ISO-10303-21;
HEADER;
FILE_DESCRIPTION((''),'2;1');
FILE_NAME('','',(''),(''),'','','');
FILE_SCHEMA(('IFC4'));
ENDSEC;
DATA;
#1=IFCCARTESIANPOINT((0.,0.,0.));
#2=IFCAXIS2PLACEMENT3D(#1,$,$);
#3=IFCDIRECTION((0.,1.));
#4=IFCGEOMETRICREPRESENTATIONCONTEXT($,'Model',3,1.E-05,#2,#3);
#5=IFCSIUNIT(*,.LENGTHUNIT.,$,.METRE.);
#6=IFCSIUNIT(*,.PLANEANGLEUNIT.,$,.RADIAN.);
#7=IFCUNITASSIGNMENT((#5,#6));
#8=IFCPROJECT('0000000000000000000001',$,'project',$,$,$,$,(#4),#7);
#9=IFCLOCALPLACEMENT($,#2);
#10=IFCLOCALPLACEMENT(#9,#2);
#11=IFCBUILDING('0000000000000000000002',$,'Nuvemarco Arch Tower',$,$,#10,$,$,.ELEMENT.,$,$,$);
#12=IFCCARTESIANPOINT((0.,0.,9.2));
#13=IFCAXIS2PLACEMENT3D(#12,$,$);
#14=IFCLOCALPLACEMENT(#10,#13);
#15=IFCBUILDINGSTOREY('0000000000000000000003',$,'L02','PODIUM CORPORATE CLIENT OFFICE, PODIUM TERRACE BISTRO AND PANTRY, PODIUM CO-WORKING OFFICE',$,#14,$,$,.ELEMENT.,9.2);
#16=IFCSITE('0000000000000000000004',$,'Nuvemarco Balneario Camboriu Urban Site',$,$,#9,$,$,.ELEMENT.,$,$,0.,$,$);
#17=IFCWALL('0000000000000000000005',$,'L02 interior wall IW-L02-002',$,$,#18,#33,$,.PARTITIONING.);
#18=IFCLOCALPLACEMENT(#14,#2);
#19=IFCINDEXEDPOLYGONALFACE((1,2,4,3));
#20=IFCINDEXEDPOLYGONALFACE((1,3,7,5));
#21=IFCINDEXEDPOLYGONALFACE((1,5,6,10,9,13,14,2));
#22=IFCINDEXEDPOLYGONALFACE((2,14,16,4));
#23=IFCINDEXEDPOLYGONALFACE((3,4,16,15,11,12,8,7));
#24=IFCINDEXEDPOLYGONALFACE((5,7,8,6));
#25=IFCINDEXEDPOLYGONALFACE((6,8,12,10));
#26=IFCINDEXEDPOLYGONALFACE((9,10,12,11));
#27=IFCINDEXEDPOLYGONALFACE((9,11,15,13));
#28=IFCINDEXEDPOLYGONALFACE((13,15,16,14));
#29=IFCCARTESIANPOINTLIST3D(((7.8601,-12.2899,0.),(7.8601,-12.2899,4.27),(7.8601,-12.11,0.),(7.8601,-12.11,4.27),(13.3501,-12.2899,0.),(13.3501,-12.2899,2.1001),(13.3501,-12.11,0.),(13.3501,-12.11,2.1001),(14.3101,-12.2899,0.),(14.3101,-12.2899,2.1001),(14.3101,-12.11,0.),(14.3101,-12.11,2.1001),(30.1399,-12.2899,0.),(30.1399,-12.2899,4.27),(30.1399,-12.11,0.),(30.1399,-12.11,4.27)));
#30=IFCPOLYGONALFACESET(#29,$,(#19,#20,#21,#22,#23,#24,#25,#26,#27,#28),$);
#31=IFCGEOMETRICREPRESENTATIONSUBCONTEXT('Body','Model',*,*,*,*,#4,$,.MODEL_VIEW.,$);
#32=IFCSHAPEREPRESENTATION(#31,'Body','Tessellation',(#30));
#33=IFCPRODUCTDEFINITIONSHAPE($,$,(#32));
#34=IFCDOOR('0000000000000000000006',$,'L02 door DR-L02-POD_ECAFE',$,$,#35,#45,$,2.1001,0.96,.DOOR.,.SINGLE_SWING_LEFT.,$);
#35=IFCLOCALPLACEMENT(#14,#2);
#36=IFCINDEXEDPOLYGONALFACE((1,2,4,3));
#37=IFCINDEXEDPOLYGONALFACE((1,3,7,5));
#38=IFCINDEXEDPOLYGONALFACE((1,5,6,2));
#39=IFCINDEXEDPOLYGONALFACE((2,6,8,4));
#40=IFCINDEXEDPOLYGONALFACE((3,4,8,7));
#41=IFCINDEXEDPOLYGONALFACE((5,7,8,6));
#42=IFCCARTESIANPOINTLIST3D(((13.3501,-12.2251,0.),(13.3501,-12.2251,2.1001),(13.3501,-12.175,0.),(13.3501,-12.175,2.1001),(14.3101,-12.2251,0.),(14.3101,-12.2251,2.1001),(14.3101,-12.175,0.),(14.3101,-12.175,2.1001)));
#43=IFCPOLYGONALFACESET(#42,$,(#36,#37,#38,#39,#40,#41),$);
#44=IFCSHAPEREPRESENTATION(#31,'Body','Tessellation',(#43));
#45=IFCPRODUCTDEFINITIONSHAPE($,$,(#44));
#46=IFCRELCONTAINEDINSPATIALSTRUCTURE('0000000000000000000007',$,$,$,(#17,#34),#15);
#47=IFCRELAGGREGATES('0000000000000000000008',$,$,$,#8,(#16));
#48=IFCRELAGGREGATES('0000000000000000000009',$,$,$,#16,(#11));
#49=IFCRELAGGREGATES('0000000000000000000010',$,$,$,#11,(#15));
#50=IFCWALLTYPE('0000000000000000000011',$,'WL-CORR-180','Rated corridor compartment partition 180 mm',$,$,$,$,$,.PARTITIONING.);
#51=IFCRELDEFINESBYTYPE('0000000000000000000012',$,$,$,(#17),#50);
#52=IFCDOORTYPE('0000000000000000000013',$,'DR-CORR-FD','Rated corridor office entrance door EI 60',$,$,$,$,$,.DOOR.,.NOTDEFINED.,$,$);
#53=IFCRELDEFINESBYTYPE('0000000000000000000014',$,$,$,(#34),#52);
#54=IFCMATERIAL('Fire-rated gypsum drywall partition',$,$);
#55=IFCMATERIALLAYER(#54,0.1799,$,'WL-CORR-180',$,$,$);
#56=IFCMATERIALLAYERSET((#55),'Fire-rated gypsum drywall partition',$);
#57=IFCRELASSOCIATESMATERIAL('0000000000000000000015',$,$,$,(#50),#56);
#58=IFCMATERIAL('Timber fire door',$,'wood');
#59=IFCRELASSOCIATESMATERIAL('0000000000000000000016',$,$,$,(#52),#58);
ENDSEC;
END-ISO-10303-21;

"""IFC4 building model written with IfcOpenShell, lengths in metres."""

from ifc_helpers import new_model, si_unit, direction, frame, frame_2d, origin, place, context, subcontext, project, spatial, rectangle, extrude, source, transform, mapped, material, layer, layer_set, type_object, type_shapes, element, fill, save


model = new_model("IFC4")

# Units and contexts
model_context = context("Model", 3, precision=1e-05, world=origin(), true_north=direction((0.0, 1.0)))
body_context = subcontext(model_context, "Body", "Model", "MODEL_VIEW")
ifc_project = project(units=[si_unit("LENGTHUNIT", "METRE"), si_unit("PLANEANGLEUNIT", "RADIAN")], contexts=[model_context])

# Site, building, storey
site_placement = place(None, origin())
site = spatial("IfcSite", under=ifc_project, at=site_placement, Name="Nuvemarco Balneario Camboriu Urban Site", CompositionType="ELEMENT", RefElevation=0.0)
building_placement = place(site_placement, origin())
building = spatial("IfcBuilding", under=site, at=building_placement, Name="Nuvemarco Arch Tower", CompositionType="ELEMENT")
storey_placement = place(building_placement, frame((0.0, 0.0, 9.2)))
storey = spatial("IfcBuildingStorey", under=building, at=storey_placement, Name="L02", Description="PODIUM CORPORATE CLIENT OFFICE, PODIUM TERRACE BISTRO AND PANTRY, PODIUM CO-WORKING OFFICE", CompositionType="ELEMENT", Elevation=9.2)

# Wall, opening, door
ifc_material_1 = material(Name="Fire-rated gypsum drywall partition")
ifc_layer_1 = layer(ifc_material_1, 0.1799, Name="WL-CORR-180")
ifc_layer_set_1 = layer_set([ifc_layer_1], Name="Fire-rated gypsum drywall partition")
wall_type_1 = type_object("IfcWallType", Name="WL-CORR-180", Description="Rated corridor compartment partition 180 mm", PredefinedType="PARTITIONING", material=ifc_layer_set_1)
wall_1_placement = place(storey_placement, frame((7.8601, -12.2, 0.0), z_axis=(0.0, 0.0, 1.0), x_axis=(1.0, 0.0, 0.0)))
wall_1 = element("IfcWall", 1, at=wall_1_placement, inside=storey, type_object=wall_type_1, Name="L02 interior wall IW-L02-002", PredefinedType="PARTITIONING", context=body_context, shape_type="SweptSolid", body=[
    extrude(rectangle(XDim=22.2798, YDim=0.1799, at=frame_2d((11.1399, 0.0))), origin(), (0.0, 0.0, 1.0), 4.27),
])
opening_1_placement = place(wall_1_placement, frame((5.49, 0.0, 0.0)))
opening_1 = element("IfcOpeningElement", 2, at=opening_1_placement, cuts=wall_1, PredefinedType="OPENING", context=body_context, shape_type="SweptSolid", body=[
    extrude(rectangle(XDim=0.96, YDim=2.1001, at=frame_2d((0.48, 1.05))), frame((0.0, 0.0999, 0.0), z_axis=(0.0, -1.0, 0.0), x_axis=(1.0, 0.0, 0.0)), (0.0, 0.0, 1.0), 0.2),
])
ifc_material_2 = material(Name="Timber fire door", Category="wood")
door_type = type_object("IfcDoorType", Name="DR-CORR-FD", Description="Rated corridor office entrance door EI 60", OperationType="NOTDEFINED", PredefinedType="DOOR", material=ifc_material_2)
shared_shape_1 = source(origin(), body_context, "Body", "SweptSolid", [
    extrude(rectangle(XDim=0.96, YDim=2.1001, at=frame_2d((0.48, 1.05))), frame((0.0, 0.0249, 0.0), z_axis=(0.0, -1.0, 0.0), x_axis=(1.0, 0.0, 0.0)), (0.0, 0.0, 1.0), 0.05),
])
type_shapes(door_type, [shared_shape_1])
door_placement = place(opening_1_placement, origin())
door = element("IfcDoor", 3, at=door_placement, inside=storey, type_object=door_type, Name="L02 door DR-L02-POD_ECAFE", OperationType="SINGLE_SWING_LEFT", OverallHeight=2.1001, OverallWidth=0.96, PredefinedType="DOOR", context=body_context, shape_type="MappedRepresentation", body=[
    mapped(shared_shape_1, transform((0.0, 0.0, 0.0), scale=1.0)),
])
fill(opening_1, door)

save(model, "model.ifc")
